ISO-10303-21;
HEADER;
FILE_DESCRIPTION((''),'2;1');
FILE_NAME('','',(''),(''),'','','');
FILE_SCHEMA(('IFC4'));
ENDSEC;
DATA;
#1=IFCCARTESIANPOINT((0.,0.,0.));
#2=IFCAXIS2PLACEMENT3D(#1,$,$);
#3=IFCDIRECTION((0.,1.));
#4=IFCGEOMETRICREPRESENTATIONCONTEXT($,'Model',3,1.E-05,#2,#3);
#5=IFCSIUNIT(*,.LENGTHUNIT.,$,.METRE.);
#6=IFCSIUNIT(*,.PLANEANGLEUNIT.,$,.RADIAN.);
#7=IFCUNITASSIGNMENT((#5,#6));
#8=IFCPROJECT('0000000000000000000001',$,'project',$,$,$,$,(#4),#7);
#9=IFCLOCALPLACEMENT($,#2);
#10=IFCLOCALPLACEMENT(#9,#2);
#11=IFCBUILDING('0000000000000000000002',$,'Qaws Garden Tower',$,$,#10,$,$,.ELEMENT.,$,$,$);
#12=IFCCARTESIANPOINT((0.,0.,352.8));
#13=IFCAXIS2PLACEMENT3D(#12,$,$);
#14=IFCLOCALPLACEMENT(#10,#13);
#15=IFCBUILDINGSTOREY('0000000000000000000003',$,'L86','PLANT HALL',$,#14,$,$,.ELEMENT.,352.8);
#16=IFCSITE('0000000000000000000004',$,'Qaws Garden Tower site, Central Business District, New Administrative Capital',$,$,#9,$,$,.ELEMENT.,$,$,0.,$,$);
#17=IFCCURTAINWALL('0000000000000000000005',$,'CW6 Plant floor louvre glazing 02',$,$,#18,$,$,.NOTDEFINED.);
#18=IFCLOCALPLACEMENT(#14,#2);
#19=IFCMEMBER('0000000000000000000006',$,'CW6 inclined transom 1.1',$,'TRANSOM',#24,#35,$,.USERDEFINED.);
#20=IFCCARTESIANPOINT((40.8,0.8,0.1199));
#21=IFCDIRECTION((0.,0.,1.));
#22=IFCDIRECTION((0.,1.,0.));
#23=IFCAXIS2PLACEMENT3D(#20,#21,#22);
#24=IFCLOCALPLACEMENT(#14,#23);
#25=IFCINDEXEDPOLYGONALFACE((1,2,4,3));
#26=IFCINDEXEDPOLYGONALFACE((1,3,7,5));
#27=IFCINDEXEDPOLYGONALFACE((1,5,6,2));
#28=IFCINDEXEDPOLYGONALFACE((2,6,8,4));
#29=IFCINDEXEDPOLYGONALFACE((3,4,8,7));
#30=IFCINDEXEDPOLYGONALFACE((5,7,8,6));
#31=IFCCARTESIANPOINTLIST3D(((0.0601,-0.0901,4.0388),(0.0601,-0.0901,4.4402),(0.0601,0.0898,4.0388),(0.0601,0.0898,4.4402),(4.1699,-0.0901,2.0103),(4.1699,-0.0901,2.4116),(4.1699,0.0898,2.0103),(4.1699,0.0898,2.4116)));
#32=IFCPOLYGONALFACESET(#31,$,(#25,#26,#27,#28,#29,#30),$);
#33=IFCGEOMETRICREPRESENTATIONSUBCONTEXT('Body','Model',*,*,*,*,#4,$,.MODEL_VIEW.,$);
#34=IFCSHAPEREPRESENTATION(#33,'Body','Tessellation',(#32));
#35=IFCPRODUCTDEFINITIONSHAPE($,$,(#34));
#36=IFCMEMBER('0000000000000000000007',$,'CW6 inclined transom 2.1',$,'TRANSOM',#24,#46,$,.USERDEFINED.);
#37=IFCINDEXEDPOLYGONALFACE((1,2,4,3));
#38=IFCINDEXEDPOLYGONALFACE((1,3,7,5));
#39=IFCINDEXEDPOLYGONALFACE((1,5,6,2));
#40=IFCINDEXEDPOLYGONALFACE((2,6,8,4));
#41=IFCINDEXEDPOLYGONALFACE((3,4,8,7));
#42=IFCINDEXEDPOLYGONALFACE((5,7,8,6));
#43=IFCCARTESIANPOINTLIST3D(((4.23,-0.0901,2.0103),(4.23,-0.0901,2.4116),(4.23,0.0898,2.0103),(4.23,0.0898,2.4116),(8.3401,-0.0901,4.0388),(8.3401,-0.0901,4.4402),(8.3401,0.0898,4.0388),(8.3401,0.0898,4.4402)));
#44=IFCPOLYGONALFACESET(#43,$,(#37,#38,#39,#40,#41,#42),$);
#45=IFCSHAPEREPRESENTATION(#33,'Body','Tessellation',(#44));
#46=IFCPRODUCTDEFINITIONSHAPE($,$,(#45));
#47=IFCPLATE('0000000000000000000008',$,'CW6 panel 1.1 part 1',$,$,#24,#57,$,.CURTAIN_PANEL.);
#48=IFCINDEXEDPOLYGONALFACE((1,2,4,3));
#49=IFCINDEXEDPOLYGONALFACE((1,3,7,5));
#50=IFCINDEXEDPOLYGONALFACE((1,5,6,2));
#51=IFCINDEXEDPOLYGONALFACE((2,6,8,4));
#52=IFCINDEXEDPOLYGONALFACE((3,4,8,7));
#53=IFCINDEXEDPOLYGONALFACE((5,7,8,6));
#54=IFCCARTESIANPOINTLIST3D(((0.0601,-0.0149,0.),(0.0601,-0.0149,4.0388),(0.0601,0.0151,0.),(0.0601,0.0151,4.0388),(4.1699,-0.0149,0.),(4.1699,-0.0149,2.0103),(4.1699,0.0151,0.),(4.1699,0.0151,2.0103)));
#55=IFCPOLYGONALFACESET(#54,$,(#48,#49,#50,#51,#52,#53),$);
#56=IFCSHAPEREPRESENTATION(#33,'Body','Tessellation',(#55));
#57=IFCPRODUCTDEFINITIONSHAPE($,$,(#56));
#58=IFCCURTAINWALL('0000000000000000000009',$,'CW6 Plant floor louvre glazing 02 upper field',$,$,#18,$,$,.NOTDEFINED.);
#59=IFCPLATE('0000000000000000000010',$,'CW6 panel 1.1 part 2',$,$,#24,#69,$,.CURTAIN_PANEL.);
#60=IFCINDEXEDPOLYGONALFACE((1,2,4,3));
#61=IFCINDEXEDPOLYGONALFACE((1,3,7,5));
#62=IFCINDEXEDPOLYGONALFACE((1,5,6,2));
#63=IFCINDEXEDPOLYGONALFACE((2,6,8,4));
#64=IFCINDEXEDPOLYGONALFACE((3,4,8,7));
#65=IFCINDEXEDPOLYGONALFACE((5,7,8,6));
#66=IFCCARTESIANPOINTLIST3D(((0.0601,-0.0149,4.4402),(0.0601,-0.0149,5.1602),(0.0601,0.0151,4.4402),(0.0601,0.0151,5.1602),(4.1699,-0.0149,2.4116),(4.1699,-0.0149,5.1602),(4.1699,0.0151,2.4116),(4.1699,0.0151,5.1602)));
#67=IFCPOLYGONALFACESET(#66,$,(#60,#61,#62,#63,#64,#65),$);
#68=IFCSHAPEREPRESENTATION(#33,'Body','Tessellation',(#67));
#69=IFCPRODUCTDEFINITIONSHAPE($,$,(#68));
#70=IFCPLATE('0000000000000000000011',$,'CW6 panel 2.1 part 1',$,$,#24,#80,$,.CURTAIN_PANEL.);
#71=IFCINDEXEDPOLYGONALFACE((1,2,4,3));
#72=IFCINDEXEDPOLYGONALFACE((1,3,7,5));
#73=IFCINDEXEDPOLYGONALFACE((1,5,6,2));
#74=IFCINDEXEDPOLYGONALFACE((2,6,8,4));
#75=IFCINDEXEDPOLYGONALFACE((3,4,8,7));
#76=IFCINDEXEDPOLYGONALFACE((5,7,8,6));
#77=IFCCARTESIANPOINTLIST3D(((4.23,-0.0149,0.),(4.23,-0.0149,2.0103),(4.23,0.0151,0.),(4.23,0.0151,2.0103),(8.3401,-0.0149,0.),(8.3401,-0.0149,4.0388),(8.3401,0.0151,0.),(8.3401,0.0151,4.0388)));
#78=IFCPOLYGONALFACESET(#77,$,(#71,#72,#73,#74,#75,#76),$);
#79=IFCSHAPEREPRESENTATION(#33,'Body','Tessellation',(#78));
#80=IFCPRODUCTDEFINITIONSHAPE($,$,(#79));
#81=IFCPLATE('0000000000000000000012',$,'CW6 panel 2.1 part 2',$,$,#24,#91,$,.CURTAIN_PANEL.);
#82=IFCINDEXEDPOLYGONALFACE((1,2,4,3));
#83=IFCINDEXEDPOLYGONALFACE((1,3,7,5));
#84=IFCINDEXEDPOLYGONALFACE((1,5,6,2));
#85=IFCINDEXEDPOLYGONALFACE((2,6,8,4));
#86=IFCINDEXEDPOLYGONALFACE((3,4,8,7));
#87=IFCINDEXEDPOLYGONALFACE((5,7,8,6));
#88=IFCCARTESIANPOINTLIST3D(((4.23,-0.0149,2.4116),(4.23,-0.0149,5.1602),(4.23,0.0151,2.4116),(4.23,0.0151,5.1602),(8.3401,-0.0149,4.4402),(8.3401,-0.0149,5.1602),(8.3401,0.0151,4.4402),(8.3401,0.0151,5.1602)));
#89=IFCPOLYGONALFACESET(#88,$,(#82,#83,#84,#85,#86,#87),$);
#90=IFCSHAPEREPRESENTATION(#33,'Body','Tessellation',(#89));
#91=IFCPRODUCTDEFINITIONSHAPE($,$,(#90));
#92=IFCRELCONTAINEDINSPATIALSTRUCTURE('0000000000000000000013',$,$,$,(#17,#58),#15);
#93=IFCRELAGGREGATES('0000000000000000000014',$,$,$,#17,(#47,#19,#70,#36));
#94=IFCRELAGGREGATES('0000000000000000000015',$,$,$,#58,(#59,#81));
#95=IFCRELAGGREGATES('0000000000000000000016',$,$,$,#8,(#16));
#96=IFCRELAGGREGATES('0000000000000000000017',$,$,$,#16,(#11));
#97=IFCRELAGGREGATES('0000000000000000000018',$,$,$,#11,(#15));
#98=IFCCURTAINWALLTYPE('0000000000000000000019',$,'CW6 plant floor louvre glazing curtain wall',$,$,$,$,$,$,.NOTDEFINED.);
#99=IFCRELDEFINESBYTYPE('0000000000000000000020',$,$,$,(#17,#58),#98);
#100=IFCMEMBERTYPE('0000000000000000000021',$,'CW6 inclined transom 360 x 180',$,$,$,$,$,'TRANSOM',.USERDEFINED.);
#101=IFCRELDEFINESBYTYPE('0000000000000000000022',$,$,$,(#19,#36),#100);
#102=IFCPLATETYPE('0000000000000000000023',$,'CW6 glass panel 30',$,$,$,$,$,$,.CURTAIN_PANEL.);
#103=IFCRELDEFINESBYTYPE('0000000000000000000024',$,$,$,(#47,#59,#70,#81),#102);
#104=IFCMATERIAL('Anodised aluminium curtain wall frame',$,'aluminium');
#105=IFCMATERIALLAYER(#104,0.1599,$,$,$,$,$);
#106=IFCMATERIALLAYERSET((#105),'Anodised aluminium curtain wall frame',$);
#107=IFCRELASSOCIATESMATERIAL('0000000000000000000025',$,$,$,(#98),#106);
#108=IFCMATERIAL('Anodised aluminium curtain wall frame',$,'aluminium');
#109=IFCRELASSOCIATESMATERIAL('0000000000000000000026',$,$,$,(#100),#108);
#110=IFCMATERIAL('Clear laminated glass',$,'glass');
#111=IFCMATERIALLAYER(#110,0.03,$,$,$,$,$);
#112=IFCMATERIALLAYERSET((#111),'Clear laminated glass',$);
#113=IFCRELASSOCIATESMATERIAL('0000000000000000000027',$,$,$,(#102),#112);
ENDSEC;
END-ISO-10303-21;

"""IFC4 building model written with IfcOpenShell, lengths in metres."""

from ifc_helpers import new_model, si_unit, direction, frame, origin, origin_2d, place, context, subcontext, project, spatial, polyline, rectangle, outline, extrude, material, layer, layer_set, material_profile, profile_set, type_object, element, aggregate, save


model = new_model("IFC4")

# Units and contexts
model_context = context("Model", 3, precision=1e-05, world=origin(), true_north=direction((0.0, 1.0)))
body_context = subcontext(model_context, "Body", "Model", "MODEL_VIEW")
ifc_project = project(units=[si_unit("LENGTHUNIT", "METRE"), si_unit("PLANEANGLEUNIT", "RADIAN")], contexts=[model_context])

# Site, building, storey
site_placement = place(None, origin())
site = spatial("IfcSite", under=ifc_project, at=site_placement, Name="Qaws Garden Tower site, Central Business District, New Administrative Capital", CompositionType="ELEMENT", RefElevation=0.0)
building_placement = place(site_placement, origin())
building = spatial("IfcBuilding", under=site, at=building_placement, Name="Qaws Garden Tower", CompositionType="ELEMENT")
storey_placement = place(building_placement, frame((0.0, 0.0, 352.8)))
storey = spatial("IfcBuildingStorey", under=building, at=storey_placement, Name="L86", Description="PLANT HALL", CompositionType="ELEMENT", Elevation=352.8)

# Curtain wall, members
ifc_material_1 = material(Name="Anodised aluminium curtain wall frame", Category="aluminium")
ifc_layer_1 = layer(ifc_material_1, 0.1599)
ifc_layer_set_1 = layer_set([ifc_layer_1], Name="Anodised aluminium curtain wall frame")
curtain_wall_type = type_object("IfcCurtainWallType", Name="CW6 plant floor louvre glazing curtain wall", PredefinedType="NOTDEFINED", material=ifc_layer_set_1)
placement_1 = place(storey_placement, origin())
curtain_wall_1 = element("IfcCurtainWall", 1, at=placement_1, inside=storey, type_object=curtain_wall_type, Name="CW6 Plant floor louvre glazing 02", PredefinedType="NOTDEFINED")
ifc_material_2 = material(Name="Anodised aluminium curtain wall frame", Category="aluminium")
ifc_material_profile_1 = material_profile(ifc_material_2, rectangle(XDim=0.1799, YDim=0.3601, at=origin_2d()), Name="AL 180x360")
ifc_profile_set_1 = profile_set([ifc_material_profile_1], Name="Anodised aluminium curtain wall frame")
member_type_1 = type_object("IfcMemberType", Name="CW6 inclined transom 360 x 180", ElementType="TRANSOM", PredefinedType="USERDEFINED", material=ifc_profile_set_1)
placement_2 = place(storey_placement, frame((40.8, 0.8, 0.1199), z_axis=(0.0, 0.0, 1.0), x_axis=(0.0, 1.0, 0.0)))
member_1 = element("IfcMember", 2, at=placement_2, type_object=member_type_1, Name="CW6 inclined transom 1.1", ObjectType="TRANSOM", PredefinedType="USERDEFINED", context=body_context, shape_type="SweptSolid", body=[
    extrude(outline(polyline([(0.0601, 4.0388), (4.1699, 2.0103), (4.1699, 2.4116), (0.0601, 4.4402), (0.0601, 4.0388)])), frame((0.0, 0.0898, 0.0), z_axis=(0.0, -1.0, 0.0), x_axis=(1.0, 0.0, 0.0)), (0.0, 0.0, 1.0), 0.1799),
])
member_2 = element("IfcMember", 3, at=placement_2, type_object=member_type_1, Name="CW6 inclined transom 2.1", ObjectType="TRANSOM", PredefinedType="USERDEFINED", context=body_context, shape_type="SweptSolid", body=[
    extrude(outline(polyline([(4.23, 2.0103), (8.3401, 4.0388), (8.3401, 4.4402), (4.23, 2.4116), (4.23, 2.0103)])), frame((0.0, 0.0898, 0.0), z_axis=(0.0, -1.0, 0.0), x_axis=(1.0, 0.0, 0.0)), (0.0, 0.0, 1.0), 0.1799),
])

# Plate
ifc_material_3 = material(Name="Clear laminated glass", Category="glass")
ifc_layer_2 = layer(ifc_material_3, 0.03)
ifc_layer_set_2 = layer_set([ifc_layer_2], Name="Clear laminated glass")
plate_type = type_object("IfcPlateType", Name="CW6 glass panel 30", PredefinedType="CURTAIN_PANEL", material=ifc_layer_set_2)
plate_1 = element("IfcPlate", 4, at=placement_2, type_object=plate_type, Name="CW6 panel 1.1 part 1", PredefinedType="CURTAIN_PANEL", context=body_context, shape_type="SweptSolid", body=[
    extrude(outline(polyline([(4.1699, 0.0), (4.1699, 2.0103), (0.0601, 4.0388), (0.0601, 0.0), (4.1699, 0.0)])), frame((0.0, 0.0151, 0.0), z_axis=(0.0, -1.0, 0.0), x_axis=(1.0, 0.0, 0.0)), (0.0, 0.0, 1.0), 0.03),
])

# Curtain wall, plate
curtain_wall_2 = element("IfcCurtainWall", 5, at=placement_1, inside=storey, type_object=curtain_wall_type, Name="CW6 Plant floor louvre glazing 02 upper field", PredefinedType="NOTDEFINED")
plate_2 = element("IfcPlate", 6, at=placement_2, type_object=plate_type, Name="CW6 panel 1.1 part 2", PredefinedType="CURTAIN_PANEL", context=body_context, shape_type="SweptSolid", body=[
    extrude(outline(polyline([(0.0601, 5.1602), (0.0601, 4.4402), (4.1699, 2.4116), (4.1699, 5.1602), (0.0601, 5.1602)])), frame((0.0, 0.0151, 0.0), z_axis=(0.0, -1.0, 0.0), x_axis=(1.0, 0.0, 0.0)), (0.0, 0.0, 1.0), 0.03),
])

# Plates
plate_3 = element("IfcPlate", 7, at=placement_2, type_object=plate_type, Name="CW6 panel 2.1 part 1", PredefinedType="CURTAIN_PANEL", context=body_context, shape_type="SweptSolid", body=[
    extrude(outline(polyline([(8.3401, 0.0), (8.3401, 4.0388), (4.23, 2.0103), (4.23, 0.0), (8.3401, 0.0)])), frame((0.0, 0.0151, 0.0), z_axis=(0.0, -1.0, 0.0), x_axis=(1.0, 0.0, 0.0)), (0.0, 0.0, 1.0), 0.03),
])
aggregate(curtain_wall_1, [plate_1, member_1, plate_3, member_2])
plate_4 = element("IfcPlate", 8, at=placement_2, type_object=plate_type, Name="CW6 panel 2.1 part 2", PredefinedType="CURTAIN_PANEL", context=body_context, shape_type="SweptSolid", body=[
    extrude(outline(polyline([(4.23, 5.1602), (4.23, 2.4116), (8.3401, 4.4402), (8.3401, 5.1602), (4.23, 5.1602)])), frame((0.0, 0.0151, 0.0), z_axis=(0.0, -1.0, 0.0), x_axis=(1.0, 0.0, 0.0)), (0.0, 0.0, 1.0), 0.03),
])
aggregate(curtain_wall_2, [plate_2, plate_4])

save(model, "model.ifc")
